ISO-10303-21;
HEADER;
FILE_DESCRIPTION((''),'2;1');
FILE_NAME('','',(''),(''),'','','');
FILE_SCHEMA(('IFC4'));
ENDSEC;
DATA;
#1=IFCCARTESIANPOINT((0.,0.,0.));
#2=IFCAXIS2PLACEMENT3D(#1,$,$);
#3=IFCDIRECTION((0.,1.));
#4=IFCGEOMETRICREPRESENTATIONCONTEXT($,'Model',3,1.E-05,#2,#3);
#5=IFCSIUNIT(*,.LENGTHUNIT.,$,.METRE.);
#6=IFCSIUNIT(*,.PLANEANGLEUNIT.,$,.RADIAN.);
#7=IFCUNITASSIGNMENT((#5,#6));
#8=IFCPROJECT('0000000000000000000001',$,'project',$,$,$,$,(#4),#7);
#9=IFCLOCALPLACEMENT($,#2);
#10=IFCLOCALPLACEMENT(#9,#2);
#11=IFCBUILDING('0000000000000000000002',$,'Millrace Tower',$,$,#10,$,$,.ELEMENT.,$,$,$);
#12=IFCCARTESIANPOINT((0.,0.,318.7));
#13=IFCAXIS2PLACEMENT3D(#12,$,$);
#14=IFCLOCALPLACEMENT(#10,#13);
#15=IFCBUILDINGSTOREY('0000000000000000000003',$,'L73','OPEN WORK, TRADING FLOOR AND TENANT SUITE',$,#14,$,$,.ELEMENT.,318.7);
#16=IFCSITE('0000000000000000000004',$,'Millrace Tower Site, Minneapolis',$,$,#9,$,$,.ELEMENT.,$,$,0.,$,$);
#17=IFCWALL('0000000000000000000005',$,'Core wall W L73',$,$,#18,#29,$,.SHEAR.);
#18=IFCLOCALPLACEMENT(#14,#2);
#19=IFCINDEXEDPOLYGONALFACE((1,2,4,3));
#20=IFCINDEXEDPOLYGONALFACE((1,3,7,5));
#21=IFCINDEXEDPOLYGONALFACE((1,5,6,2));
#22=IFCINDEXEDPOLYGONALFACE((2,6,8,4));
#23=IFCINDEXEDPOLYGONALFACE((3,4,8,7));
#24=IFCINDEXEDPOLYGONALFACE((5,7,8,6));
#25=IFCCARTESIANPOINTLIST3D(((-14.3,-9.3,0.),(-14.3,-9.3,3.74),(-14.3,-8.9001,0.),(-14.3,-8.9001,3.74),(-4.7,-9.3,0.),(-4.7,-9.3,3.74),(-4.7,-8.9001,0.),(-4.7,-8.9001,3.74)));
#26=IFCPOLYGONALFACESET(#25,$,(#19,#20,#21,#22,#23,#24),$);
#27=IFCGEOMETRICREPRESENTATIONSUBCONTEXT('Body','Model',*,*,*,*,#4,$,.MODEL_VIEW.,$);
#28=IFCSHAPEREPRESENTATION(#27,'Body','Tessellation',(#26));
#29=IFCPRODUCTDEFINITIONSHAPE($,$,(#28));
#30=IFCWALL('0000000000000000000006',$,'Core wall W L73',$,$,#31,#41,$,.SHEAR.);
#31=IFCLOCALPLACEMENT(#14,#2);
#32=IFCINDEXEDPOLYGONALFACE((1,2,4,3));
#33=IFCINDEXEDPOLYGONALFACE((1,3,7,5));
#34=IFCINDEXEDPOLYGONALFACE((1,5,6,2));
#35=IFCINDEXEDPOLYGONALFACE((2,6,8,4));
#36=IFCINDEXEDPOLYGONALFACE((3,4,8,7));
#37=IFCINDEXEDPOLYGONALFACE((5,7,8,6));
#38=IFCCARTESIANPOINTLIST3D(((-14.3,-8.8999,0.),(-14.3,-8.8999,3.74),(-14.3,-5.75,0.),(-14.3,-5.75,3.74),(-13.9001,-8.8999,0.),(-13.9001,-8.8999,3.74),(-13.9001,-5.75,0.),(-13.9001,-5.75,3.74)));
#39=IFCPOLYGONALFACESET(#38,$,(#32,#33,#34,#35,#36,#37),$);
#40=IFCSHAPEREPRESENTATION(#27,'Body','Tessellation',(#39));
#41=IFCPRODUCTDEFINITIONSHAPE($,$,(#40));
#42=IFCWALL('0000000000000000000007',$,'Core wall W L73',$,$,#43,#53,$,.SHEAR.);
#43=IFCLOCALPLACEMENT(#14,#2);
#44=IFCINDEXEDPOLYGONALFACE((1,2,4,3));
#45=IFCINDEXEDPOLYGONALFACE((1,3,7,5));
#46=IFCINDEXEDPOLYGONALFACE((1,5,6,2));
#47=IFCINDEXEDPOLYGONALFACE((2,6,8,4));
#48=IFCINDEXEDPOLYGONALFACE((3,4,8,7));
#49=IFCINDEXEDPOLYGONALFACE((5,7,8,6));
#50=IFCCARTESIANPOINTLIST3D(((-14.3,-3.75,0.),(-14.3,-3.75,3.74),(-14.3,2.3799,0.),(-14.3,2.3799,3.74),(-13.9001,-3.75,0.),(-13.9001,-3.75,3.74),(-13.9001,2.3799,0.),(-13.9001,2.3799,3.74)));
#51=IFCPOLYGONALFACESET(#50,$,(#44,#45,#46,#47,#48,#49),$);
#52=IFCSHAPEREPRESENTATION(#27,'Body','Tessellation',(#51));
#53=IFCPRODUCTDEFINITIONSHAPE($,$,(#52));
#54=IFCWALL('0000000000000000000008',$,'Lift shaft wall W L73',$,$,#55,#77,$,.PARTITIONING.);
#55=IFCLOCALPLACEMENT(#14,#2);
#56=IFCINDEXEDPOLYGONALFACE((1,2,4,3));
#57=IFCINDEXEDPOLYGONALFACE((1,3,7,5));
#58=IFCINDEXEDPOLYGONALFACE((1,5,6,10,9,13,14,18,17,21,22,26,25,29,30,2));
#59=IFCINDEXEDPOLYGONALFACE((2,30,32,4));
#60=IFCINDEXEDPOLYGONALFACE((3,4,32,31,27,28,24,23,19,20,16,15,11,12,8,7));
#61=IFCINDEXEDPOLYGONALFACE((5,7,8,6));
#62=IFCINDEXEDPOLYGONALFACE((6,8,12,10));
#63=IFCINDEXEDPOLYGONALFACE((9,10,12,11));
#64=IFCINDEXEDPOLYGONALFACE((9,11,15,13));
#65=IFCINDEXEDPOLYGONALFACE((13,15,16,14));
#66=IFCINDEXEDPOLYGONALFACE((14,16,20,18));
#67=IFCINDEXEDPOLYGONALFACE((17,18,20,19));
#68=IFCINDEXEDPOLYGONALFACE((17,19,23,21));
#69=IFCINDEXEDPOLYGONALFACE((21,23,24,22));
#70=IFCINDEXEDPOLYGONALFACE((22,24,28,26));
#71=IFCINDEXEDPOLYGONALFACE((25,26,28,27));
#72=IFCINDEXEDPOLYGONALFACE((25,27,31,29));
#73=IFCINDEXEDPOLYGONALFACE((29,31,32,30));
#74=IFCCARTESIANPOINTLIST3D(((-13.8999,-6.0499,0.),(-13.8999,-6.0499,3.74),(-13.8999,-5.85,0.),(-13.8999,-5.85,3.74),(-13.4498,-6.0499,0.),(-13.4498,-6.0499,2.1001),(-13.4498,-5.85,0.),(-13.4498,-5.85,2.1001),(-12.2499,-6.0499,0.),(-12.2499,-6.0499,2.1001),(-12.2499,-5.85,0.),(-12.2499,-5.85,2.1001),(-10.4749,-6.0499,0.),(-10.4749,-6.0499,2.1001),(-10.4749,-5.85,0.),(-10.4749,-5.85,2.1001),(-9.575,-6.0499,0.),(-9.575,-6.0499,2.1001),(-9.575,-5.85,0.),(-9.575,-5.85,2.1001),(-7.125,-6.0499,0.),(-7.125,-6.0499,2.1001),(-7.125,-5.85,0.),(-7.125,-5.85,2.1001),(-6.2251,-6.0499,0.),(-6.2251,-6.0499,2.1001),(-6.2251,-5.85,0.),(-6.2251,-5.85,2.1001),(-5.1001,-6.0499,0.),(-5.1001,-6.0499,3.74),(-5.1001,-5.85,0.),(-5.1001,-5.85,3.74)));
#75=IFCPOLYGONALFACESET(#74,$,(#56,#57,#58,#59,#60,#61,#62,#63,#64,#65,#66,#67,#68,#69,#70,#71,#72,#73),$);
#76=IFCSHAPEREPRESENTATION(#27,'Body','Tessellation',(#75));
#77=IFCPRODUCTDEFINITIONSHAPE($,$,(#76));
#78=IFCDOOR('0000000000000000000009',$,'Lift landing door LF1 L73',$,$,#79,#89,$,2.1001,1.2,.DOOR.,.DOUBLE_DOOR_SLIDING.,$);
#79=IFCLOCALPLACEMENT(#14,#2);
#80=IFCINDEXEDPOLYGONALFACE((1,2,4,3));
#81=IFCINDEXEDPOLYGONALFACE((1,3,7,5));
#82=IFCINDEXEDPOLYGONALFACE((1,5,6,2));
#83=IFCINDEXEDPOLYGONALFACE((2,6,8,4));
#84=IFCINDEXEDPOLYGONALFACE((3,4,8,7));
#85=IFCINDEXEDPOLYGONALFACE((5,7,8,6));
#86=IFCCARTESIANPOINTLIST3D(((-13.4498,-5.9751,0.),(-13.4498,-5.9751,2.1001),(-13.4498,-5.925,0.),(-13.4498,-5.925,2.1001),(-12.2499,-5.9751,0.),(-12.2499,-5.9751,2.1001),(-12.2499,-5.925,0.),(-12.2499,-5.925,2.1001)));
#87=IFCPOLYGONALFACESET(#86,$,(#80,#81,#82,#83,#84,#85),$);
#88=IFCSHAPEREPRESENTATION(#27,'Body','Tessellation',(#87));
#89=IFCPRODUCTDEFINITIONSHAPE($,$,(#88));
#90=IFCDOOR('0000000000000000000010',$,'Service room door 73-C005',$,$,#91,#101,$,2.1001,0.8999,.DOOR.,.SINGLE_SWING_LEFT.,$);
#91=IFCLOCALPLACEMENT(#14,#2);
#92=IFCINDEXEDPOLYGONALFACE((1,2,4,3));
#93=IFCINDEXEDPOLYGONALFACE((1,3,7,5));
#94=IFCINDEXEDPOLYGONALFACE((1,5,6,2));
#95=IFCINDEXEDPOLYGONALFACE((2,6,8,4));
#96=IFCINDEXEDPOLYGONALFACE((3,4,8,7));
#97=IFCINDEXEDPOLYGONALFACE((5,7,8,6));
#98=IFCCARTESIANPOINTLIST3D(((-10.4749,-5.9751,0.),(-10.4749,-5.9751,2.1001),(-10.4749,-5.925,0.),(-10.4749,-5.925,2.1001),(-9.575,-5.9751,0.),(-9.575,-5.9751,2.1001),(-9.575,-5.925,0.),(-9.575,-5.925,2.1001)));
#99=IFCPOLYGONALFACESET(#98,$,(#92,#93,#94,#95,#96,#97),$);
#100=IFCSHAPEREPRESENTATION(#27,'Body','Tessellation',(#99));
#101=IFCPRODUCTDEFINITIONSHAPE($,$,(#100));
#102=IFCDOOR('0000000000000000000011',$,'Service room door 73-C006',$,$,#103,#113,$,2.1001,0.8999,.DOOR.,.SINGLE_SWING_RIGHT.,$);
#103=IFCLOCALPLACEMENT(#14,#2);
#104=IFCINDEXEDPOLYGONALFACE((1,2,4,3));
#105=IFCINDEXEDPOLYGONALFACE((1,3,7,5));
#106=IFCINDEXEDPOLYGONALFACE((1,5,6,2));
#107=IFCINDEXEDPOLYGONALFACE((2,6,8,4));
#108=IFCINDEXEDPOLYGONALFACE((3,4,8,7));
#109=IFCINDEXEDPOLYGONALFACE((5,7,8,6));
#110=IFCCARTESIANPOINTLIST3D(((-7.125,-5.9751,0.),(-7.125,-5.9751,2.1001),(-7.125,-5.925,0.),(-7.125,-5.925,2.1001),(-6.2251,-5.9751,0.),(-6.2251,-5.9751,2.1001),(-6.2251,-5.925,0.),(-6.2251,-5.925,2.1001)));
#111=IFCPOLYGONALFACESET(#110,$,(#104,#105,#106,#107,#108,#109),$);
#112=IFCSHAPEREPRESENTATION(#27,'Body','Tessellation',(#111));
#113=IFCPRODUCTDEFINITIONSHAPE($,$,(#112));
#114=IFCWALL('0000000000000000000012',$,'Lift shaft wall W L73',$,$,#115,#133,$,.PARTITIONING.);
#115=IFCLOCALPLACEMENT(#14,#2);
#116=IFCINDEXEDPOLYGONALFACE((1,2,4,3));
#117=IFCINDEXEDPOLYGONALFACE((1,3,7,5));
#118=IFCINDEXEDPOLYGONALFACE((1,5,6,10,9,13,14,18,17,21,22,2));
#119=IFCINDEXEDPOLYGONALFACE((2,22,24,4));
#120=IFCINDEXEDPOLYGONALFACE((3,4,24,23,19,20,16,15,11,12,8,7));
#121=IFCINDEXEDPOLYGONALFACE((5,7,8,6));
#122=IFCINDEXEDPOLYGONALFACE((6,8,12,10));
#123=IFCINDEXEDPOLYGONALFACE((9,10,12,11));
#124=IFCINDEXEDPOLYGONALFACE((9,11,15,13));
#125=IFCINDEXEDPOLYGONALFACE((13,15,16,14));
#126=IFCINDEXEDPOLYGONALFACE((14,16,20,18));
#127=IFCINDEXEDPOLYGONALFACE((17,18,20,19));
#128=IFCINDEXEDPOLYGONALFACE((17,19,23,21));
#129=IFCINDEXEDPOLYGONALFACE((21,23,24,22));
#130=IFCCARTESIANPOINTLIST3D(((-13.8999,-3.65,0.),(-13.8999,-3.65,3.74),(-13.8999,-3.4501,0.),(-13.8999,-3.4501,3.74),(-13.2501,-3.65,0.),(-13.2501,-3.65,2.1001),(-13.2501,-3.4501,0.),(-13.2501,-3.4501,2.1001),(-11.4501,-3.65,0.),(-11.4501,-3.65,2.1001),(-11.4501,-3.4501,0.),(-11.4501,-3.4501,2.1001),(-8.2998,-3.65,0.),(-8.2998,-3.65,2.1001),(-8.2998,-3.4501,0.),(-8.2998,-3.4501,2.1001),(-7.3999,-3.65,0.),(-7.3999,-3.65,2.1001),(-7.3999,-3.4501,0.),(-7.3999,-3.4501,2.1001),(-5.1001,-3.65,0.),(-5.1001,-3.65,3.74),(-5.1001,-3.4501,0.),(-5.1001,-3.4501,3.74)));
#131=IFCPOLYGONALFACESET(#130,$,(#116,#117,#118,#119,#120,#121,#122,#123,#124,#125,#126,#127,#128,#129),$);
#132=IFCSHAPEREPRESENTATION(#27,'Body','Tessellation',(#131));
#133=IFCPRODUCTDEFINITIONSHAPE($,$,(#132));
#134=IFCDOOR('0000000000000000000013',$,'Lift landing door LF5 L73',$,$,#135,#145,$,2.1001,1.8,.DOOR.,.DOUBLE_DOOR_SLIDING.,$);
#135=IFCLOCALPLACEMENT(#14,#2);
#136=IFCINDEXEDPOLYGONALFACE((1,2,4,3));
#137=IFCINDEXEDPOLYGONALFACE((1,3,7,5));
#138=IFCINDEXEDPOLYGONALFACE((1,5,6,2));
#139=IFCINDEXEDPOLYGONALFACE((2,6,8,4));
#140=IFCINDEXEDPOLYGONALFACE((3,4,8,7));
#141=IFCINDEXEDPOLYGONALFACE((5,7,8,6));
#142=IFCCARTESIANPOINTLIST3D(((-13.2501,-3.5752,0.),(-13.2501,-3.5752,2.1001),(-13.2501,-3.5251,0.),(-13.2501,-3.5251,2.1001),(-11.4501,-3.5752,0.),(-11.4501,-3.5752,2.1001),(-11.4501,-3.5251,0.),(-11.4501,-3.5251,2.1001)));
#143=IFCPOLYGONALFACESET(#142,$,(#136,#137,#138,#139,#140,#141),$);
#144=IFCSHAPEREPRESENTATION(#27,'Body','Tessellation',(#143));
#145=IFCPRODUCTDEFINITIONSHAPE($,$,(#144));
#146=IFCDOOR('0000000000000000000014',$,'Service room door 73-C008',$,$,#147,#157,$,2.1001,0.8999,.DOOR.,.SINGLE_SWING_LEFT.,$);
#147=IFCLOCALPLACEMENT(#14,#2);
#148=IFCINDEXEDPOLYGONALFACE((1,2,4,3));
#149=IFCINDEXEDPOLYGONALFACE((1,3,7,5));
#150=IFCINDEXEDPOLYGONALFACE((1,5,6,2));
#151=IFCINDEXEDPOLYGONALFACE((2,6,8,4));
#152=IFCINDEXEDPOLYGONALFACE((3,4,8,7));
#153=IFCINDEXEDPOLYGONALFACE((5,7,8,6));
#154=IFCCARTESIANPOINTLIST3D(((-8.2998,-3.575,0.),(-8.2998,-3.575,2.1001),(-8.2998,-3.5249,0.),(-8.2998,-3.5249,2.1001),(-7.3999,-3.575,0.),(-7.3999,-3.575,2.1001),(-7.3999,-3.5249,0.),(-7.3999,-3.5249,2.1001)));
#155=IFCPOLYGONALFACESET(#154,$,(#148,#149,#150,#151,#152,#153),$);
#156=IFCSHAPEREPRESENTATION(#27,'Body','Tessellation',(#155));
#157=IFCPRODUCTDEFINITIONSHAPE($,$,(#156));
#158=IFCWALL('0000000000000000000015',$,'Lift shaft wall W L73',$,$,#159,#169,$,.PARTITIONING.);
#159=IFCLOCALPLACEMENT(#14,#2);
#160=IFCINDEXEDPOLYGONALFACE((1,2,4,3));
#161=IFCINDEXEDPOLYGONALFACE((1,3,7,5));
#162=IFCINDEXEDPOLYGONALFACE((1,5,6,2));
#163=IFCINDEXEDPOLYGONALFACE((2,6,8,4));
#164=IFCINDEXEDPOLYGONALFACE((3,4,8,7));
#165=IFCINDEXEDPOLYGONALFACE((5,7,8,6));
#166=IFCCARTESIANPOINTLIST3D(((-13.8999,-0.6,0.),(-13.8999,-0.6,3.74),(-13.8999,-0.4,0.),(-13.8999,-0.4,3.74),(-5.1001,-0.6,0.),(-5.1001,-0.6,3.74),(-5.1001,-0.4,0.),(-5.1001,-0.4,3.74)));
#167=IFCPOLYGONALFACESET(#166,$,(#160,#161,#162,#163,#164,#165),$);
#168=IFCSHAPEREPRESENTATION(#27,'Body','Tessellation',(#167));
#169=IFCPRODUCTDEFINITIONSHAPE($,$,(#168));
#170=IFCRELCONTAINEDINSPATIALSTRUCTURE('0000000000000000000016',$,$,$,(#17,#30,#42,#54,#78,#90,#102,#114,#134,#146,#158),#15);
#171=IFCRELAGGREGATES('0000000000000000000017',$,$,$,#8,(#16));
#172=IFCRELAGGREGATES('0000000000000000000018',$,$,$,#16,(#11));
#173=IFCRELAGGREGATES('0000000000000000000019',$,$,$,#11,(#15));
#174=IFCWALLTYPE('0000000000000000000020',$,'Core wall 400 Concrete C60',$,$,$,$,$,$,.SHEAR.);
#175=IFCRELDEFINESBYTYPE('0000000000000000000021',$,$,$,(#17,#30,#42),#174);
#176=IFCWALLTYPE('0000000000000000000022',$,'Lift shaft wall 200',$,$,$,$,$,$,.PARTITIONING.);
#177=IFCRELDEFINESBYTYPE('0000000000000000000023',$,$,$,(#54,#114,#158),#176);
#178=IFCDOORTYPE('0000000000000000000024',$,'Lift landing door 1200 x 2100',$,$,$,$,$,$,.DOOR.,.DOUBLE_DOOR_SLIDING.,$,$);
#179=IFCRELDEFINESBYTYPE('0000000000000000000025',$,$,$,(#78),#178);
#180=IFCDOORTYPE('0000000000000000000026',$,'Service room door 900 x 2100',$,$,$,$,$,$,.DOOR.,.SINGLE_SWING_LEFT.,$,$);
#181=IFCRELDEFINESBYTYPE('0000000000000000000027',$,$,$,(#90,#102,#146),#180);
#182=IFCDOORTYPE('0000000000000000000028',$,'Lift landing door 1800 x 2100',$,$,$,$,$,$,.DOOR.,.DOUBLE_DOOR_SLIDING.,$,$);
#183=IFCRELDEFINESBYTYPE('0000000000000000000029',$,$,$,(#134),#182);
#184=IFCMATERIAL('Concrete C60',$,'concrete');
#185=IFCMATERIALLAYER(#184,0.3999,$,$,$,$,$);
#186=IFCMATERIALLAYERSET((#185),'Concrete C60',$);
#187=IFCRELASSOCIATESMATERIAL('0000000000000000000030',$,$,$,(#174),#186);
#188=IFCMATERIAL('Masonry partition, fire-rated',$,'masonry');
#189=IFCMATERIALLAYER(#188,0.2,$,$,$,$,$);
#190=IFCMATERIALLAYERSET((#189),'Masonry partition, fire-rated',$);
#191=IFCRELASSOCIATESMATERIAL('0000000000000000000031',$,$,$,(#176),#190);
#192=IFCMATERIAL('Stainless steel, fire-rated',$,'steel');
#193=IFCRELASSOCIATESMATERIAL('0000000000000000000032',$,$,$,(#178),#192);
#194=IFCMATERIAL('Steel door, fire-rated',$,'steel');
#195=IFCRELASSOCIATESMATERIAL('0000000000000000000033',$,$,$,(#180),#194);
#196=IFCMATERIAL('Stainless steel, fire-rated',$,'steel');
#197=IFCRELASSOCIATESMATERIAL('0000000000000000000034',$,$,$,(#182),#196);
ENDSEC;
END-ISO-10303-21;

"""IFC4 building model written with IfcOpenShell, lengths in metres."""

from ifc_helpers import new_model, si_unit, direction, frame, frame_2d, origin, place, context, subcontext, project, spatial, rectangle, extrude, material, layer, layer_set, type_object, element, fill, save


model = new_model("IFC4")

# Units and contexts
model_context = context("Model", 3, precision=1e-05, world=origin(), true_north=direction((0.0, 1.0)))
body_context = subcontext(model_context, "Body", "Model", "MODEL_VIEW")
ifc_project = project(units=[si_unit("LENGTHUNIT", "METRE"), si_unit("PLANEANGLEUNIT", "RADIAN")], contexts=[model_context])

# Site, building, storey
site_placement = place(None, origin())
site = spatial("IfcSite", under=ifc_project, at=site_placement, Name="Millrace Tower Site, Minneapolis", CompositionType="ELEMENT", RefElevation=0.0)
building_placement = place(site_placement, origin())
building = spatial("IfcBuilding", under=site, at=building_placement, Name="Millrace Tower", CompositionType="ELEMENT")
storey_placement = place(building_placement, frame((0.0, 0.0, 318.7)))
storey = spatial("IfcBuildingStorey", under=building, at=storey_placement, Name="L73", Description="OPEN WORK, TRADING FLOOR AND TENANT SUITE", CompositionType="ELEMENT", Elevation=318.7)

# Walls
ifc_material_1 = material(Name="Concrete C60", Category="concrete")
ifc_layer_1 = layer(ifc_material_1, 0.3999)
ifc_layer_set_1 = layer_set([ifc_layer_1], Name="Concrete C60")
wall_type_1 = type_object("IfcWallType", Name="Core wall 400 Concrete C60", PredefinedType="SHEAR", material=ifc_layer_set_1)
wall_1_placement = place(storey_placement, frame((-14.3, -9.1001, 0.0), z_axis=(0.0, 0.0, 1.0), x_axis=(1.0, 0.0, 0.0)))
element("IfcWall", 1, at=wall_1_placement, inside=storey, type_object=wall_type_1, Name="Core wall W L73", PredefinedType="SHEAR", context=body_context, shape_type="SweptSolid", body=[
    extrude(rectangle(XDim=9.6001, YDim=0.3999, at=frame_2d((4.8, 0.0))), origin(), (0.0, 0.0, 1.0), 3.74),
])
wall_2_placement = place(storey_placement, frame((-14.1001, -8.8999, 0.0), z_axis=(0.0, 0.0, 1.0), x_axis=(0.0, 1.0, 0.0)))
element("IfcWall", 2, at=wall_2_placement, inside=storey, type_object=wall_type_1, Name="Core wall W L73", PredefinedType="SHEAR", context=body_context, shape_type="SweptSolid", body=[
    extrude(rectangle(XDim=3.1499, YDim=0.3999, at=frame_2d((1.575, 0.0))), origin(), (0.0, 0.0, 1.0), 3.74),
])
wall_3_placement = place(storey_placement, frame((-14.1001, -3.75, 0.0), z_axis=(0.0, 0.0, 1.0), x_axis=(0.0, 1.0, 0.0)))
element("IfcWall", 3, at=wall_3_placement, inside=storey, type_object=wall_type_1, Name="Core wall W L73", PredefinedType="SHEAR", context=body_context, shape_type="SweptSolid", body=[
    extrude(rectangle(XDim=6.1299, YDim=0.3999, at=frame_2d((3.0649, 0.0))), origin(), (0.0, 0.0, 1.0), 3.74),
])

# Walls, openings, doors
ifc_material_2 = material(Name="Masonry partition, fire-rated", Category="masonry")
ifc_layer_2 = layer(ifc_material_2, 0.2)
ifc_layer_set_2 = layer_set([ifc_layer_2], Name="Masonry partition, fire-rated")
wall_type_2 = type_object("IfcWallType", Name="Lift shaft wall 200", PredefinedType="PARTITIONING", material=ifc_layer_set_2)
wall_4_placement = place(storey_placement, frame((-13.8999, -5.95, 0.0), z_axis=(0.0, 0.0, 1.0), x_axis=(1.0, 0.0, 0.0)))
wall_4 = element("IfcWall", 4, at=wall_4_placement, inside=storey, type_object=wall_type_2, Name="Lift shaft wall W L73", PredefinedType="PARTITIONING", context=body_context, shape_type="SweptSolid", body=[
    extrude(rectangle(XDim=8.7998, YDim=0.2, at=frame_2d((4.3999, 0.0))), origin(), (0.0, 0.0, 1.0), 3.74),
])
opening_1_placement = place(wall_4_placement, frame((0.45, 0.0, 0.0)))
opening_1 = element("IfcOpeningElement", 5, at=opening_1_placement, cuts=wall_4, PredefinedType="OPENING", context=body_context, shape_type="SweptSolid", body=[
    extrude(rectangle(XDim=1.2, YDim=2.1001, at=frame_2d((0.6001, 1.05))), frame((0.0, 0.1099, 0.0), z_axis=(0.0, -1.0, 0.0), x_axis=(1.0, 0.0, 0.0)), (0.0, 0.0, 1.0), 0.22),
])
opening_2_placement = place(wall_4_placement, frame((3.425, 0.0, 0.0)))
opening_2 = element("IfcOpeningElement", 6, at=opening_2_placement, cuts=wall_4, PredefinedType="OPENING", context=body_context, shape_type="SweptSolid", body=[
    extrude(rectangle(XDim=0.8999, YDim=2.1001, at=frame_2d((0.45, 1.05))), frame((0.0, 0.1099, 0.0), z_axis=(0.0, -1.0, 0.0), x_axis=(1.0, 0.0, 0.0)), (0.0, 0.0, 1.0), 0.22),
])
opening_3_placement = place(wall_4_placement, frame((6.7749, 0.0, 0.0)))
opening_3 = element("IfcOpeningElement", 7, at=opening_3_placement, cuts=wall_4, PredefinedType="OPENING", context=body_context, shape_type="SweptSolid", body=[
    extrude(rectangle(XDim=0.8999, YDim=2.1001, at=frame_2d((0.45, 1.05))), frame((0.0, 0.1099, 0.0), z_axis=(0.0, -1.0, 0.0), x_axis=(1.0, 0.0, 0.0)), (0.0, 0.0, 1.0), 0.22),
])
ifc_material_3 = material(Name="Stainless steel, fire-rated", Category="steel")
door_type_1 = type_object("IfcDoorType", Name="Lift landing door 1200 x 2100", OperationType="DOUBLE_DOOR_SLIDING", PredefinedType="DOOR", material=ifc_material_3)
door_1_placement = place(opening_1_placement, origin())
door_1 = element("IfcDoor", 8, at=door_1_placement, inside=storey, type_object=door_type_1, Name="Lift landing door LF1 L73", OperationType="DOUBLE_DOOR_SLIDING", OverallHeight=2.1001, OverallWidth=1.2, PredefinedType="DOOR", context=body_context, shape_type="SweptSolid", body=[
    extrude(rectangle(XDim=1.2, YDim=2.1001, at=frame_2d((0.6001, 1.05))), frame((0.0, 0.0249, 0.0), z_axis=(0.0, -1.0, 0.0), x_axis=(1.0, 0.0, 0.0)), (0.0, 0.0, 1.0), 0.05),
])
fill(opening_1, door_1)
ifc_material_4 = material(Name="Steel door, fire-rated", Category="steel")
door_type_2 = type_object("IfcDoorType", Name="Service room door 900 x 2100", OperationType="SINGLE_SWING_LEFT", PredefinedType="DOOR", material=ifc_material_4)
door_2_placement = place(opening_2_placement, origin())
door_2 = element("IfcDoor", 9, at=door_2_placement, inside=storey, type_object=door_type_2, Name="Service room door 73-C005", OperationType="SINGLE_SWING_LEFT", OverallHeight=2.1001, OverallWidth=0.8999, PredefinedType="DOOR", context=body_context, shape_type="SweptSolid", body=[
    extrude(rectangle(XDim=0.8999, YDim=2.1001, at=frame_2d((0.45, 1.05))), frame((0.0, 0.0249, 0.0), z_axis=(0.0, -1.0, 0.0), x_axis=(1.0, 0.0, 0.0)), (0.0, 0.0, 1.0), 0.05),
])
fill(opening_2, door_2)
door_3_placement = place(opening_3_placement, origin())
door_3 = element("IfcDoor", 10, at=door_3_placement, inside=storey, type_object=door_type_2, Name="Service room door 73-C006", OperationType="SINGLE_SWING_RIGHT", OverallHeight=2.1001, OverallWidth=0.8999, PredefinedType="DOOR", context=body_context, shape_type="SweptSolid", body=[
    extrude(rectangle(XDim=0.8999, YDim=2.1001, at=frame_2d((0.45, 1.05))), frame((0.0, 0.0249, 0.0), z_axis=(0.0, -1.0, 0.0), x_axis=(1.0, 0.0, 0.0)), (0.0, 0.0, 1.0), 0.05),
])
fill(opening_3, door_3)
wall_5_placement = place(storey_placement, frame((-13.8999, -3.55, 0.0), z_axis=(0.0, 0.0, 1.0), x_axis=(1.0, 0.0, 0.0)))
wall_5 = element("IfcWall", 11, at=wall_5_placement, inside=storey, type_object=wall_type_2, Name="Lift shaft wall W L73", PredefinedType="PARTITIONING", context=body_context, shape_type="SweptSolid", body=[
    extrude(rectangle(XDim=8.7998, YDim=0.2, at=frame_2d((4.3999, 0.0))), origin(), (0.0, 0.0, 1.0), 3.74),
])
opening_4_placement = place(wall_5_placement, frame((0.6499, 0.0, 0.0)))
opening_4 = element("IfcOpeningElement", 12, at=opening_4_placement, cuts=wall_5, PredefinedType="OPENING", context=body_context, shape_type="SweptSolid", body=[
    extrude(rectangle(XDim=1.8, YDim=2.1001, at=frame_2d((0.8999, 1.05))), frame((0.0, 0.1099, 0.0), z_axis=(0.0, -1.0, 0.0), x_axis=(1.0, 0.0, 0.0)), (0.0, 0.0, 1.0), 0.22),
])
opening_5_placement = place(wall_5_placement, frame((5.6001, 0.0, 0.0)))
opening_5 = element("IfcOpeningElement", 13, at=opening_5_placement, cuts=wall_5, PredefinedType="OPENING", context=body_context, shape_type="SweptSolid", body=[
    extrude(rectangle(XDim=0.8999, YDim=2.1001, at=frame_2d((0.45, 1.05))), frame((0.0, 0.1099, 0.0), z_axis=(0.0, -1.0, 0.0), x_axis=(1.0, 0.0, 0.0)), (0.0, 0.0, 1.0), 0.22),
])
ifc_material_5 = material(Name="Stainless steel, fire-rated", Category="steel")
door_type_3 = type_object("IfcDoorType", Name="Lift landing door 1800 x 2100", OperationType="DOUBLE_DOOR_SLIDING", PredefinedType="DOOR", material=ifc_material_5)
door_4_placement = place(opening_4_placement, origin())
door_4 = element("IfcDoor", 14, at=door_4_placement, inside=storey, type_object=door_type_3, Name="Lift landing door LF5 L73", OperationType="DOUBLE_DOOR_SLIDING", OverallHeight=2.1001, OverallWidth=1.8, PredefinedType="DOOR", context=body_context, shape_type="SweptSolid", body=[
    extrude(rectangle(XDim=1.8, YDim=2.1001, at=frame_2d((0.8999, 1.05))), frame((0.0, 0.0249, 0.0), z_axis=(0.0, -1.0, 0.0), x_axis=(1.0, 0.0, 0.0)), (0.0, 0.0, 1.0), 0.05),
])
fill(opening_4, door_4)
door_5_placement = place(opening_5_placement, frame((0.8999, 0.0, 0.0), z_axis=(0.0, 0.0, 1.0), x_axis=(-1.0, 0.0, 0.0)))
door_5 = element("IfcDoor", 15, at=door_5_placement, inside=storey, type_object=door_type_2, Name="Service room door 73-C008", OperationType="SINGLE_SWING_LEFT", OverallHeight=2.1001, OverallWidth=0.8999, PredefinedType="DOOR", context=body_context, shape_type="SweptSolid", body=[
    extrude(rectangle(XDim=0.8999, YDim=2.1001, at=frame_2d((0.45, 1.05))), frame((0.0, 0.0249, 0.0), z_axis=(0.0, -1.0, 0.0), x_axis=(1.0, 0.0, 0.0)), (0.0, 0.0, 1.0), 0.05),
])
fill(opening_5, door_5)

# Wall
wall_6_placement = place(storey_placement, frame((-13.8999, -0.5, 0.0), z_axis=(0.0, 0.0, 1.0), x_axis=(1.0, 0.0, 0.0)))
element("IfcWall", 16, at=wall_6_placement, inside=storey, type_object=wall_type_2, Name="Lift shaft wall W L73", PredefinedType="PARTITIONING", context=body_context, shape_type="SweptSolid", body=[
    extrude(rectangle(XDim=8.7998, YDim=0.2, at=frame_2d((4.3999, 0.0))), origin(), (0.0, 0.0, 1.0), 3.74),
])

save(model, "model.ifc")
